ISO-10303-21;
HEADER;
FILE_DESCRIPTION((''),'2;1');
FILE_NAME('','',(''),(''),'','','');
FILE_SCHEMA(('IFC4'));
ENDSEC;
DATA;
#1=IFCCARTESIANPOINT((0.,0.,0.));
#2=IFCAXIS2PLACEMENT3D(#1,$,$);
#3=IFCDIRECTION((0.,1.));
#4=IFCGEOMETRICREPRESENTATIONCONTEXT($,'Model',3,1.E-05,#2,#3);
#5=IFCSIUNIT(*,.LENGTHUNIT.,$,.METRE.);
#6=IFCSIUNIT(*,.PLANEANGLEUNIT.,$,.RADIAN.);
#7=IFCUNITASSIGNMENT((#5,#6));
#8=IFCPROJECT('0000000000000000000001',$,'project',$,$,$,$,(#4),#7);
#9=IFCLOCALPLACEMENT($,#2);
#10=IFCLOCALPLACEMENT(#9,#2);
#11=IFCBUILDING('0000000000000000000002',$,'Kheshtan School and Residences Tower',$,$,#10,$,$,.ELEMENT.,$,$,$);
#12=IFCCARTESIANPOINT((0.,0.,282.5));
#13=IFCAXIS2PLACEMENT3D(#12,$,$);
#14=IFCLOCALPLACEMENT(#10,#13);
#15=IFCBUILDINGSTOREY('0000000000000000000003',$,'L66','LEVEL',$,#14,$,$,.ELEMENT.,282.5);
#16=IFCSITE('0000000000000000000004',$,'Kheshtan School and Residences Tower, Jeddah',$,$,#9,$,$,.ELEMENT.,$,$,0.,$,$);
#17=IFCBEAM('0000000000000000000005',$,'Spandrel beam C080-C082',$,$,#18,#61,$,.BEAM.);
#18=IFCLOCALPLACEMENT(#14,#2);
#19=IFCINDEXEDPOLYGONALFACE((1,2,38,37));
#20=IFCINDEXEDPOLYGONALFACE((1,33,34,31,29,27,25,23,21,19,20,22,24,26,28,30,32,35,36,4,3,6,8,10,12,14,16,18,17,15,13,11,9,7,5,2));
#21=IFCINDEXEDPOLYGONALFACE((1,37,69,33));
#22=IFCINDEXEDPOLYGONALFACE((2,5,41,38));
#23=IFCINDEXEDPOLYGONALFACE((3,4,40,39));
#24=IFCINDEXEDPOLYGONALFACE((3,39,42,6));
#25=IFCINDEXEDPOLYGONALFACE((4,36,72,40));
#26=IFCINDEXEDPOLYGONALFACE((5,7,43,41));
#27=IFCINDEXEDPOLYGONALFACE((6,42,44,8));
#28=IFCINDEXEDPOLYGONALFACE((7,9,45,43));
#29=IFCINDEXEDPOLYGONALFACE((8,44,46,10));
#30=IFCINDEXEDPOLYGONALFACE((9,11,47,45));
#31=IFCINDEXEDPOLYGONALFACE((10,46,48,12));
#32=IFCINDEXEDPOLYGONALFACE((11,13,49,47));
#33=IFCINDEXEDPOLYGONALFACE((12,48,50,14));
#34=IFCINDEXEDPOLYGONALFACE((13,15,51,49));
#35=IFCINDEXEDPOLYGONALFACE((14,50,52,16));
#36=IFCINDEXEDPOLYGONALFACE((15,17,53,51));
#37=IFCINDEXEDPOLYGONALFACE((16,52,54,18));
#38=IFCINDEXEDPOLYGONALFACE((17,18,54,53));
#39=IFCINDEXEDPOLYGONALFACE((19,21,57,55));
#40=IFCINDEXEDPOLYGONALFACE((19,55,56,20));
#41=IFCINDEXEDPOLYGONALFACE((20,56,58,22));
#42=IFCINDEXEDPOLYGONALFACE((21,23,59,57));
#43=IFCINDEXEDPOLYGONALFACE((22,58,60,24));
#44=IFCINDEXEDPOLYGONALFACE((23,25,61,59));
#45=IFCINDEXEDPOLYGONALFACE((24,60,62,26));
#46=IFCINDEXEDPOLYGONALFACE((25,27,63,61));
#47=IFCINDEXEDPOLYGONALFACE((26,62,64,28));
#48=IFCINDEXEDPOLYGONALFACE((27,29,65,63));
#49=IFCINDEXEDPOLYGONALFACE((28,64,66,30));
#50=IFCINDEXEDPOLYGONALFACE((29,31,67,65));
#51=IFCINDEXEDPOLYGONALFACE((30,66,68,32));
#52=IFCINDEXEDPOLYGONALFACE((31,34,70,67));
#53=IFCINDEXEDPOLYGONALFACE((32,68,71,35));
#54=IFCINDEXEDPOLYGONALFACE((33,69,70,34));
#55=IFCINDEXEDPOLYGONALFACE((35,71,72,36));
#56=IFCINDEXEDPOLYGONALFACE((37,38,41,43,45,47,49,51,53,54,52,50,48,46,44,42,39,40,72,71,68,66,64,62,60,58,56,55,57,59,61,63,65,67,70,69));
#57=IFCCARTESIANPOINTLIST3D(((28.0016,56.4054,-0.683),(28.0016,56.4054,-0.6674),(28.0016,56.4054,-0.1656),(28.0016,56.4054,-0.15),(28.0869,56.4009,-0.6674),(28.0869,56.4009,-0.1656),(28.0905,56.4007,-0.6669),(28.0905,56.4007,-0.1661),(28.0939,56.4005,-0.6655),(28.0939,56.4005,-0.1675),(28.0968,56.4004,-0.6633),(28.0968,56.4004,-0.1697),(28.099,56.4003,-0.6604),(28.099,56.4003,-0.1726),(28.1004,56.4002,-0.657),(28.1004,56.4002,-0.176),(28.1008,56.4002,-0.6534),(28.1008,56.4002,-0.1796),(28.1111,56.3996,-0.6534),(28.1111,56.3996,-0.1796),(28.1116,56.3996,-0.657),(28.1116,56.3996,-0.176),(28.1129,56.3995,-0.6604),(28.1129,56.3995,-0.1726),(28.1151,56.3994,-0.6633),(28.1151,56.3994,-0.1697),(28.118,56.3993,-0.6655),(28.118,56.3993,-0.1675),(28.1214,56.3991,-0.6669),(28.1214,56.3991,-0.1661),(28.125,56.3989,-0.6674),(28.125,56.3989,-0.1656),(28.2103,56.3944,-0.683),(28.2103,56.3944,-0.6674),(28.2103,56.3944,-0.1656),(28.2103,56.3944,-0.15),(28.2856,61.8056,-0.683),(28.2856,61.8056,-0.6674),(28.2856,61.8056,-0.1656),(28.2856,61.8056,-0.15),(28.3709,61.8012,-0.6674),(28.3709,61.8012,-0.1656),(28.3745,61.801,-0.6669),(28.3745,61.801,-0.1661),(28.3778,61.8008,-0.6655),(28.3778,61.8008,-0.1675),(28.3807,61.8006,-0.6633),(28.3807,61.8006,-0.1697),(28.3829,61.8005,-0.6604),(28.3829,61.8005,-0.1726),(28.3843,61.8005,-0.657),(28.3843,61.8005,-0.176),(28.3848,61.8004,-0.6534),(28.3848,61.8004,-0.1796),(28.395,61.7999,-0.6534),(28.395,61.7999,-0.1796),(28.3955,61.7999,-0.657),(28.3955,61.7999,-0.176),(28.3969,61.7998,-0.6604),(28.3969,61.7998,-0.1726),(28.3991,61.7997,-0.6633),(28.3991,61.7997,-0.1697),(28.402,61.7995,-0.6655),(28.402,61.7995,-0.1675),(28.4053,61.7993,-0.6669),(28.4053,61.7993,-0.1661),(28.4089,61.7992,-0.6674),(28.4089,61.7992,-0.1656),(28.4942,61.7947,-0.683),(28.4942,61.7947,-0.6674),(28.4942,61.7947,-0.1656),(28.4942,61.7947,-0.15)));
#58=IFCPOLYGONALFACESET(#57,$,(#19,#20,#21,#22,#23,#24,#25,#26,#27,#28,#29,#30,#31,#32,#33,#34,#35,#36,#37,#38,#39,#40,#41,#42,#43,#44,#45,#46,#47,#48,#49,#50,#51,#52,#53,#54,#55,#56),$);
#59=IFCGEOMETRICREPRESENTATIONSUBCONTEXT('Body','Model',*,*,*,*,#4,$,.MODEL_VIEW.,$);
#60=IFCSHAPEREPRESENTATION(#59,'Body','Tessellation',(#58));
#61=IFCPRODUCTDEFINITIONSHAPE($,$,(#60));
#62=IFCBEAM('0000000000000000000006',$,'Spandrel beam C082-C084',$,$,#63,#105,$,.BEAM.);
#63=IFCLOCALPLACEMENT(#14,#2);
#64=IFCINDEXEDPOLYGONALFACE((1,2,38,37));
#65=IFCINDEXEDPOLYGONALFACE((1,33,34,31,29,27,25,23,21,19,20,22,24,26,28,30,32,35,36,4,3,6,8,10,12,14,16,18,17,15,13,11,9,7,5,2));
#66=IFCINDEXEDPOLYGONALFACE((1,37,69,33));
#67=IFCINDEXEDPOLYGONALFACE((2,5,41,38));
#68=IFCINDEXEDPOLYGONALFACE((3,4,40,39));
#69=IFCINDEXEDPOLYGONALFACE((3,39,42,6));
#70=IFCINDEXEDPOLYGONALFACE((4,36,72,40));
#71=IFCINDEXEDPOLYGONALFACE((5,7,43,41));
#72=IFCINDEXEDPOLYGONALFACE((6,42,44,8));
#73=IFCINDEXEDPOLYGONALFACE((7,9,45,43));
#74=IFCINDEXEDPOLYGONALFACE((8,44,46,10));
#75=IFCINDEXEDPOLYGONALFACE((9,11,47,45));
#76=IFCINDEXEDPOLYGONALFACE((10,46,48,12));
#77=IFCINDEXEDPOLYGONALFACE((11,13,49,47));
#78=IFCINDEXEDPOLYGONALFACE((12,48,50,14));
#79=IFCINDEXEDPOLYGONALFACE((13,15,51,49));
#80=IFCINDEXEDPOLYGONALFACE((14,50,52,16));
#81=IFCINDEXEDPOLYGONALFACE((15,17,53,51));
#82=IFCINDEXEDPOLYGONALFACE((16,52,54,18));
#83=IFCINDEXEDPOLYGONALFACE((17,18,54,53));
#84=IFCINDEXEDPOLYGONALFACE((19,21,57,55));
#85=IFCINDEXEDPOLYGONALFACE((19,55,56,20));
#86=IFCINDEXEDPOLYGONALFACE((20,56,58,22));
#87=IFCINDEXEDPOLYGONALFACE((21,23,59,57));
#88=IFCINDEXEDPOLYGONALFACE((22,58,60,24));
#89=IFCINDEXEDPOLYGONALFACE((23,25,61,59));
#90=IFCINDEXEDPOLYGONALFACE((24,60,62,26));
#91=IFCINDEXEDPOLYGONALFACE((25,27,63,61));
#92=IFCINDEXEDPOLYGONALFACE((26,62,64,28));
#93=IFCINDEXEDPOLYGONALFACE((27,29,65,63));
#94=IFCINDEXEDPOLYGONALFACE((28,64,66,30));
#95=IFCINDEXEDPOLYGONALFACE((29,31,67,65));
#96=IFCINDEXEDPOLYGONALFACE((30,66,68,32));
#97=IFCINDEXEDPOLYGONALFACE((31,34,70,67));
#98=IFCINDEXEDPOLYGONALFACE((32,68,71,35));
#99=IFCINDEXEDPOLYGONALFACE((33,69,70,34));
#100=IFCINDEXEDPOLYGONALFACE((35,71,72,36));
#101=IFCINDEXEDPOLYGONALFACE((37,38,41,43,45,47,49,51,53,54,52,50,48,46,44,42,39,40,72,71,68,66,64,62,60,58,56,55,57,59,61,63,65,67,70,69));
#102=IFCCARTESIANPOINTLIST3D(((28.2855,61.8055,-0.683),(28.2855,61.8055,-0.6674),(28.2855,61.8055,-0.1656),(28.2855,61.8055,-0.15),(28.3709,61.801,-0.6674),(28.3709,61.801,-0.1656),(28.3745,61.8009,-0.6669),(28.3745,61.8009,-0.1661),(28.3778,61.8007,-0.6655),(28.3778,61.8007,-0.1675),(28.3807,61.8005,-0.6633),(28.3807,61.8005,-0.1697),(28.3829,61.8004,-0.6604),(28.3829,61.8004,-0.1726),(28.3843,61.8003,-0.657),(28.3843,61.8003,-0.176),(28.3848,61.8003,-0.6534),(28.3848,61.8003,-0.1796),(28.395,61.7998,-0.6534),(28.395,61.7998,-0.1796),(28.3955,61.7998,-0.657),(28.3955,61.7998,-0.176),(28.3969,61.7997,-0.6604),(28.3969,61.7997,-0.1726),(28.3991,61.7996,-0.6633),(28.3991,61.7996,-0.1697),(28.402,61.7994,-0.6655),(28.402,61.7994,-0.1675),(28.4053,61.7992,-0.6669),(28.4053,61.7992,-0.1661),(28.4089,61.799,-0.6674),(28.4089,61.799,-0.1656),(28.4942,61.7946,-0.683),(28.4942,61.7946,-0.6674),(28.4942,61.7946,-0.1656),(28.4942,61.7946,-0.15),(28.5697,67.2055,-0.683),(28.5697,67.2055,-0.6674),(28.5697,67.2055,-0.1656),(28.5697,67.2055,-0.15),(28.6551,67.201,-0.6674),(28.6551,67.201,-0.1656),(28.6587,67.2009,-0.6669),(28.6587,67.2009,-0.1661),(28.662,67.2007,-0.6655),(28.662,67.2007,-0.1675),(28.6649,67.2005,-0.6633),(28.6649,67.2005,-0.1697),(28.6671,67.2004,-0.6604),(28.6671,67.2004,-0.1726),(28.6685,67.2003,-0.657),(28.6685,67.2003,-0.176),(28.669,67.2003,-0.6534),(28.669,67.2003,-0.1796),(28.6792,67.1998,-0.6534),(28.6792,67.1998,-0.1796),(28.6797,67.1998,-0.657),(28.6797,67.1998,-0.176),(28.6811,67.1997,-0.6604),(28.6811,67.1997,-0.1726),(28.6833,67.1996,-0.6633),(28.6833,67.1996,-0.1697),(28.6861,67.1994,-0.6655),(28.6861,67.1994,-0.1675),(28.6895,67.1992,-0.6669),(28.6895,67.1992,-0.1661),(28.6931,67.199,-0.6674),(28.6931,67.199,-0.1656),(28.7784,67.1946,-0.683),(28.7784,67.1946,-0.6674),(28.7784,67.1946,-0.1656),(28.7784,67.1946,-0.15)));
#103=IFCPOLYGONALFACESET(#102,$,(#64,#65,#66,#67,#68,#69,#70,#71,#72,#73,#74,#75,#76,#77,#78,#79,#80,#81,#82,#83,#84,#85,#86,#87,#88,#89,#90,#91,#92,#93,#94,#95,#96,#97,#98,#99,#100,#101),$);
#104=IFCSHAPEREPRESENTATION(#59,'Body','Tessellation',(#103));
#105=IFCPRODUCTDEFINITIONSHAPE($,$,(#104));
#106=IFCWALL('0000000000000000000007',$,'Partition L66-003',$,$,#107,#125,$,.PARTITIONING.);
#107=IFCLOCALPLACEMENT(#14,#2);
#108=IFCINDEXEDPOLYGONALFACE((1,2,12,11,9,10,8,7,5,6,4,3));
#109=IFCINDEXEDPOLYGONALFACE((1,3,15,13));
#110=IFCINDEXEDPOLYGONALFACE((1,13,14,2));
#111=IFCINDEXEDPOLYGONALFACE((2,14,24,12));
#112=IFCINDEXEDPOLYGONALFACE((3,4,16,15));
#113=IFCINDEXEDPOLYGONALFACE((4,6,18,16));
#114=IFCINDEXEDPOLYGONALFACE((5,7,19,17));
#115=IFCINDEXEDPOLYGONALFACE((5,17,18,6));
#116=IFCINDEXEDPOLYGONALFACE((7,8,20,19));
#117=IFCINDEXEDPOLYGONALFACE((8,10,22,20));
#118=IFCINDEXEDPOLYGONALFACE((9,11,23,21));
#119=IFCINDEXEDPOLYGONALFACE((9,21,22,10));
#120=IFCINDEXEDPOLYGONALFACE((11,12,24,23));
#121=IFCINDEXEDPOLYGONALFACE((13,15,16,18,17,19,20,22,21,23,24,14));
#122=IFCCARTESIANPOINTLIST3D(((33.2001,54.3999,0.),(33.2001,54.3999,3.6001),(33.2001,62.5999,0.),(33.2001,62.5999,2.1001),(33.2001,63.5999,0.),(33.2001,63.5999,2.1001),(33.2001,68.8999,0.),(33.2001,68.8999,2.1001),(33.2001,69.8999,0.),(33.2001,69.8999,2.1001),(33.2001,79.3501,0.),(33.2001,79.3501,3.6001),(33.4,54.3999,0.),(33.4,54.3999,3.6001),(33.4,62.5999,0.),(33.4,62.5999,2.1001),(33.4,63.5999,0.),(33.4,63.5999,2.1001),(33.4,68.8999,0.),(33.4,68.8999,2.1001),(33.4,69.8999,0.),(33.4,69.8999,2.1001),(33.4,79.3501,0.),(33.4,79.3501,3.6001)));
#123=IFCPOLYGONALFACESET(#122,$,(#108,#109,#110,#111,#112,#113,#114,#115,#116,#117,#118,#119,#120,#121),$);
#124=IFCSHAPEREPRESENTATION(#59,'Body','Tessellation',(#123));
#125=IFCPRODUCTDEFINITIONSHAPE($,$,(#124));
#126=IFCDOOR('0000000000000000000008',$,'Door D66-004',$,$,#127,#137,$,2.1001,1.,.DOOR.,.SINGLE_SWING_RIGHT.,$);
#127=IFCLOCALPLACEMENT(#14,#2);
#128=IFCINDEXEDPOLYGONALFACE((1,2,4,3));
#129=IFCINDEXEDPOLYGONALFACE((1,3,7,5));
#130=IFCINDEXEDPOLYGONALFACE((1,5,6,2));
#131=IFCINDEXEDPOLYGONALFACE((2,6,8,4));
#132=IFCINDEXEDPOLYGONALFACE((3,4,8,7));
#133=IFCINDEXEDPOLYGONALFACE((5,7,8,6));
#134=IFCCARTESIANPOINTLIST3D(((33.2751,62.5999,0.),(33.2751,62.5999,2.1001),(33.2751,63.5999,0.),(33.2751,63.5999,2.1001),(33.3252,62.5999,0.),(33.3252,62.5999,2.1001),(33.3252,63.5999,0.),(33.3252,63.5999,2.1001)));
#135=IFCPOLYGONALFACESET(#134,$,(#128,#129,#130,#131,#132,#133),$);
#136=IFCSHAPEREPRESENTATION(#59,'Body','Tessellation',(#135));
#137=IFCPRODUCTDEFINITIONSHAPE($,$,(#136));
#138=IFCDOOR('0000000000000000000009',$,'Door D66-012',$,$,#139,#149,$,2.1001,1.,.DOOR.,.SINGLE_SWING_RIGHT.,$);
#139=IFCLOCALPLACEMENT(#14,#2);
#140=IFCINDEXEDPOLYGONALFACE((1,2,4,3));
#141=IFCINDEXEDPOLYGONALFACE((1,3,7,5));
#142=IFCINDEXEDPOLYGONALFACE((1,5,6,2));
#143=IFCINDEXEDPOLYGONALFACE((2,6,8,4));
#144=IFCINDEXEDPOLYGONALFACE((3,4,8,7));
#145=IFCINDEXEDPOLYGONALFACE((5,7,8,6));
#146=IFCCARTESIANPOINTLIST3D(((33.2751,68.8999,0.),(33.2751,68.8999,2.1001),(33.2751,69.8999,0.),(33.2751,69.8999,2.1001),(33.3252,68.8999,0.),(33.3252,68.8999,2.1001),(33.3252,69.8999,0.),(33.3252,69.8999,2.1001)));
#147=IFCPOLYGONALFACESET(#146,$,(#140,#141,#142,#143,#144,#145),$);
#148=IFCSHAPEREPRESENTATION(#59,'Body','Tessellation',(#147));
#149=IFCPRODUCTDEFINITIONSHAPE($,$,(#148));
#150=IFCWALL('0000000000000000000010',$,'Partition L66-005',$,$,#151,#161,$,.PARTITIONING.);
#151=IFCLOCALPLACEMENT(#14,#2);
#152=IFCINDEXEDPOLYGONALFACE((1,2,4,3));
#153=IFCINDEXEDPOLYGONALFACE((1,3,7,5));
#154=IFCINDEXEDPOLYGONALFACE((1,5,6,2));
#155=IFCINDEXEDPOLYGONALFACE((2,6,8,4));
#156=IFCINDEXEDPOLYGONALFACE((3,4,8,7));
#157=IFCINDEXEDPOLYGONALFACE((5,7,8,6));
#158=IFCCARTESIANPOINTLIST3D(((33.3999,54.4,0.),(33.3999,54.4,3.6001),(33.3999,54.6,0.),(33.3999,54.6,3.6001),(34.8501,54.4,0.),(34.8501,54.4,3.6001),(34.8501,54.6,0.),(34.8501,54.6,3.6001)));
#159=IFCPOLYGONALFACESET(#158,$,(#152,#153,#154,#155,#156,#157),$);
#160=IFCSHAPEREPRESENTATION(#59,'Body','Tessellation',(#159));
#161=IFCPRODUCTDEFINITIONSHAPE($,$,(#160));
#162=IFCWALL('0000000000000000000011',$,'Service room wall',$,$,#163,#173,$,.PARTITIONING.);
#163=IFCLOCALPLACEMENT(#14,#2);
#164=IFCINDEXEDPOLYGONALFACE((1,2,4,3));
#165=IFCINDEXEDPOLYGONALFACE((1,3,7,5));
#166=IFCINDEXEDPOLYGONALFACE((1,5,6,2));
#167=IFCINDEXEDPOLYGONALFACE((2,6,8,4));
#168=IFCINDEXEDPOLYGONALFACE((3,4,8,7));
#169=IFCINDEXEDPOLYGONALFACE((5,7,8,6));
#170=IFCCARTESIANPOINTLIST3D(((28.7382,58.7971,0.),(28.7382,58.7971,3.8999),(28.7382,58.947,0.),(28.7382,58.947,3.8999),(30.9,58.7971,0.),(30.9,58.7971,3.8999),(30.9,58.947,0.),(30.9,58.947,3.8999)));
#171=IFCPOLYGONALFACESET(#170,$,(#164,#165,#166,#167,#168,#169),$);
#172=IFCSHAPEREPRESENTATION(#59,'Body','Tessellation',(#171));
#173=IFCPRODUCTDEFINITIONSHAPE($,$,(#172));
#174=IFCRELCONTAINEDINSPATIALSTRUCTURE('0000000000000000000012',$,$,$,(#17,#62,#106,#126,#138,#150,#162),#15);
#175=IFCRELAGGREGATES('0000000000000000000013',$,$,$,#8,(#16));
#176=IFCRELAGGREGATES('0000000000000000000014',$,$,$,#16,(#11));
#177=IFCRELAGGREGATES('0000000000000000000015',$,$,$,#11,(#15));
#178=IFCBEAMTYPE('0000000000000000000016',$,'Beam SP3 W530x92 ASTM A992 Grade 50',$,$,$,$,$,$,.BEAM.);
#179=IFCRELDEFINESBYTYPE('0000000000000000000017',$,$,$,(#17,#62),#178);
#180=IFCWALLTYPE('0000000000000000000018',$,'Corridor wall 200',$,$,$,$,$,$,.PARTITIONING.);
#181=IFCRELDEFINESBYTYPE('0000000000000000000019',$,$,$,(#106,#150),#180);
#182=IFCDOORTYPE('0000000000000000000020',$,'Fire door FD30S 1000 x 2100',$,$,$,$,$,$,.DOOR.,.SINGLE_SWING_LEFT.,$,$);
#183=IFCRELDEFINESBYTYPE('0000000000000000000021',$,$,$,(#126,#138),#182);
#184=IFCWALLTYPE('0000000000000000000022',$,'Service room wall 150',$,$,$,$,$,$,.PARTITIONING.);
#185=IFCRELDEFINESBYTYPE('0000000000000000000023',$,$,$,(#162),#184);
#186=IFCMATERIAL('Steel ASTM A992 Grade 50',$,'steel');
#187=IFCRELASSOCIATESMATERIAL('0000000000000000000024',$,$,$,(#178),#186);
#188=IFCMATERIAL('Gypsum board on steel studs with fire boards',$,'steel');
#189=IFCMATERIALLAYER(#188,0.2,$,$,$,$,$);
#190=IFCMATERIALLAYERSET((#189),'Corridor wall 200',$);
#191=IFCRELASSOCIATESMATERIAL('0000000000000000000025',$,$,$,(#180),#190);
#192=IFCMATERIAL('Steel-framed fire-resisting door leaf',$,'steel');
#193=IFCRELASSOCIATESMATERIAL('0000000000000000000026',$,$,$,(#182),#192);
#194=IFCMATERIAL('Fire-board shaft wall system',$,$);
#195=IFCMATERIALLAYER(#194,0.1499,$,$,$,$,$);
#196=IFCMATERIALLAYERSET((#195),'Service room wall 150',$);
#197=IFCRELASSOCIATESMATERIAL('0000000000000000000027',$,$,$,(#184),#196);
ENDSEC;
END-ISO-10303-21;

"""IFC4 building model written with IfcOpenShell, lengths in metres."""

from ifc_helpers import new_model, si_unit, direction, frame, frame_2d, origin, origin_2d, place, context, subcontext, project, spatial, rectangle, i_section, extrude, source, transform, mapped, material, layer, layer_set, material_profile, profile_set, type_object, element, fill, save


model = new_model("IFC4")

# Units and contexts
model_context = context("Model", 3, precision=1e-05, world=origin(), true_north=direction((0.0, 1.0)))
body_context = subcontext(model_context, "Body", "Model", "MODEL_VIEW")
ifc_project = project(units=[si_unit("LENGTHUNIT", "METRE"), si_unit("PLANEANGLEUNIT", "RADIAN")], contexts=[model_context])

# Site, building, storey
site_placement = place(None, origin())
site = spatial("IfcSite", under=ifc_project, at=site_placement, Name="Kheshtan School and Residences Tower, Jeddah", CompositionType="ELEMENT", RefElevation=0.0)
building_placement = place(site_placement, origin())
building = spatial("IfcBuilding", under=site, at=building_placement, Name="Kheshtan School and Residences Tower", CompositionType="ELEMENT")
storey_placement = place(building_placement, frame((0.0, 0.0, 282.5)))
storey = spatial("IfcBuildingStorey", under=building, at=storey_placement, Name="L66", Description="LEVEL", CompositionType="ELEMENT", Elevation=282.5)

# Shared definitions
ifc_material_1 = material(Name="Steel ASTM A992 Grade 50", Category="steel")

# Beams
ifc_material_profile_1 = material_profile(ifc_material_1, i_section(OverallWidth=0.209, OverallDepth=0.533, WebThickness=0.0103, FlangeThickness=0.0156, FilletRadius=0.0139, at=origin_2d()), Name="W530x92")
ifc_profile_set_1 = profile_set([ifc_material_profile_1], Name="Steel ASTM A992 Grade 50")
beam_type_1 = type_object("IfcBeamType", Name="Beam SP3 W530x92 ASTM A992 Grade 50", PredefinedType="BEAM", material=ifc_profile_set_1)
beam_1_placement = place(storey_placement, frame((28.106, 56.3999, -0.4165), z_axis=(0.052507, 0.998621, 0.0), x_axis=(-0.998621, 0.052507, 0.0)))
element("IfcBeam", 1, at=beam_1_placement, inside=storey, type_object=beam_type_1, Name="Spandrel beam C080-C082", PredefinedType="BEAM", context=body_context, shape_type="SweptSolid", body=[
    extrude(i_section(OverallWidth=0.209, OverallDepth=0.533, WebThickness=0.0103, FlangeThickness=0.0156, FilletRadius=0.0139, at=origin_2d()), origin(), (0.0, 0.0, 1.0), 5.4077),
])
beam_2_placement = place(storey_placement, frame((28.3899, 61.8, -0.4165), z_axis=(0.052554, 0.998618, 0.0), x_axis=(-0.998618, 0.052554, 0.0)))
element("IfcBeam", 2, at=beam_2_placement, inside=storey, type_object=beam_type_1, Name="Spandrel beam C082-C084", PredefinedType="BEAM", context=body_context, shape_type="SweptSolid", body=[
    extrude(i_section(OverallWidth=0.209, OverallDepth=0.533, WebThickness=0.0103, FlangeThickness=0.0156, FilletRadius=0.0139, at=origin_2d()), origin(), (0.0, 0.0, 1.0), 5.4075),
])

# Wall, openings, doors
ifc_material_2 = material(Name="Gypsum board on steel studs with fire boards", Category="steel")
ifc_layer_1 = layer(ifc_material_2, 0.2)
ifc_layer_set_1 = layer_set([ifc_layer_1], Name="Corridor wall 200")
wall_type_1 = type_object("IfcWallType", Name="Corridor wall 200", PredefinedType="PARTITIONING", material=ifc_layer_set_1)
wall_1_placement = place(storey_placement, frame((33.3, 54.3999, 0.0), z_axis=(0.0, 0.0, 1.0), x_axis=(0.0, 1.0, 0.0)))
wall_1 = element("IfcWall", 3, at=wall_1_placement, inside=storey, type_object=wall_type_1, Name="Partition L66-003", PredefinedType="PARTITIONING", context=body_context, shape_type="SweptSolid", body=[
    extrude(rectangle(XDim=24.9502, YDim=0.2, at=frame_2d((12.4751, 0.0))), origin(), (0.0, 0.0, 1.0), 3.6001),
])
opening_1_placement = place(wall_1_placement, frame((8.2, 0.0, 0.0)))
opening_1 = element("IfcOpeningElement", 4, at=opening_1_placement, cuts=wall_1, PredefinedType="OPENING", context=body_context, shape_type="SweptSolid", body=[
    extrude(rectangle(XDim=1.0, YDim=2.1001, at=frame_2d((0.5, 1.05))), frame((0.0, 0.1099, 0.0), z_axis=(0.0, -1.0, 0.0), x_axis=(1.0, 0.0, 0.0)), (0.0, 0.0, 1.0), 0.22),
])
opening_2_placement = place(wall_1_placement, frame((14.5, 0.0, 0.0)))
opening_2 = element("IfcOpeningElement", 5, at=opening_2_placement, cuts=wall_1, PredefinedType="OPENING", context=body_context, shape_type="SweptSolid", body=[
    extrude(rectangle(XDim=1.0, YDim=2.1001, at=frame_2d((0.5, 1.05))), frame((0.0, 0.1099, 0.0), z_axis=(0.0, -1.0, 0.0), x_axis=(1.0, 0.0, 0.0)), (0.0, 0.0, 1.0), 0.22),
])
ifc_material_3 = material(Name="Steel-framed fire-resisting door leaf", Category="steel")
door_type_1 = type_object("IfcDoorType", Name="Fire door FD30S 1000 x 2100", OperationType="SINGLE_SWING_LEFT", PredefinedType="DOOR", material=ifc_material_3)
shared_shape_1 = source(origin(), body_context, "Body", "SweptSolid", [
    extrude(rectangle(XDim=1.0, YDim=2.1001, at=frame_2d((0.5, 1.05))), frame((0.0, 0.0249, 0.0), z_axis=(0.0, -1.0, 0.0), x_axis=(1.0, 0.0, 0.0)), (0.0, 0.0, 1.0), 0.05),
])
door_1_placement = place(opening_1_placement, origin())
door_1 = element("IfcDoor", 6, at=door_1_placement, inside=storey, type_object=door_type_1, Name="Door D66-004", OperationType="SINGLE_SWING_RIGHT", OverallHeight=2.1001, OverallWidth=1.0, PredefinedType="DOOR", context=body_context, shape_type="MappedRepresentation", body=[
    mapped(shared_shape_1, transform((0.0, 0.0, 0.0), x_axis=(1.0, 0.0, 0.0), y_axis=(0.0, 1.0, 0.0), z_axis=(0.0, 0.0, 1.0), scale=1.0)),
])
fill(opening_1, door_1)
door_2_placement = place(opening_2_placement, origin())
door_2 = element("IfcDoor", 7, at=door_2_placement, inside=storey, type_object=door_type_1, Name="Door D66-012", OperationType="SINGLE_SWING_RIGHT", OverallHeight=2.1001, OverallWidth=1.0, PredefinedType="DOOR", context=body_context, shape_type="MappedRepresentation", body=[
    mapped(shared_shape_1, transform((0.0, 0.0, 0.0), x_axis=(1.0, 0.0, 0.0), y_axis=(0.0, 1.0, 0.0), z_axis=(0.0, 0.0, 1.0), scale=1.0)),
])
fill(opening_2, door_2)

# Walls
wall_2_placement = place(storey_placement, frame((33.3999, 54.5, 0.0), z_axis=(0.0, 0.0, 1.0), x_axis=(1.0, 0.0, 0.0)))
element("IfcWall", 8, at=wall_2_placement, inside=storey, type_object=wall_type_1, Name="Partition L66-005", PredefinedType="PARTITIONING", context=body_context, shape_type="SweptSolid", body=[
    extrude(rectangle(XDim=1.4502, YDim=0.2, at=frame_2d((0.7251, 0.0))), origin(), (0.0, 0.0, 1.0), 3.6001),
])
ifc_material_4 = material(Name="Fire-board shaft wall system")
ifc_layer_2 = layer(ifc_material_4, 0.1499)
ifc_layer_set_2 = layer_set([ifc_layer_2], Name="Service room wall 150")
wall_type_2 = type_object("IfcWallType", Name="Service room wall 150", PredefinedType="PARTITIONING", material=ifc_layer_set_2)
wall_3_placement = place(storey_placement, frame((28.738, 58.8721, 0.0), z_axis=(0.0, 0.0, 1.0), x_axis=(1.0, 0.0, 0.0)))
element("IfcWall", 9, at=wall_3_placement, inside=storey, type_object=wall_type_2, Name="Service room wall", PredefinedType="PARTITIONING", context=body_context, shape_type="SweptSolid", body=[
    extrude(rectangle(XDim=2.1619, YDim=0.1499, at=frame_2d((1.0811, 0.0))), origin(), (0.0, 0.0, 1.0), 3.8999),
])

save(model, "model.ifc")
